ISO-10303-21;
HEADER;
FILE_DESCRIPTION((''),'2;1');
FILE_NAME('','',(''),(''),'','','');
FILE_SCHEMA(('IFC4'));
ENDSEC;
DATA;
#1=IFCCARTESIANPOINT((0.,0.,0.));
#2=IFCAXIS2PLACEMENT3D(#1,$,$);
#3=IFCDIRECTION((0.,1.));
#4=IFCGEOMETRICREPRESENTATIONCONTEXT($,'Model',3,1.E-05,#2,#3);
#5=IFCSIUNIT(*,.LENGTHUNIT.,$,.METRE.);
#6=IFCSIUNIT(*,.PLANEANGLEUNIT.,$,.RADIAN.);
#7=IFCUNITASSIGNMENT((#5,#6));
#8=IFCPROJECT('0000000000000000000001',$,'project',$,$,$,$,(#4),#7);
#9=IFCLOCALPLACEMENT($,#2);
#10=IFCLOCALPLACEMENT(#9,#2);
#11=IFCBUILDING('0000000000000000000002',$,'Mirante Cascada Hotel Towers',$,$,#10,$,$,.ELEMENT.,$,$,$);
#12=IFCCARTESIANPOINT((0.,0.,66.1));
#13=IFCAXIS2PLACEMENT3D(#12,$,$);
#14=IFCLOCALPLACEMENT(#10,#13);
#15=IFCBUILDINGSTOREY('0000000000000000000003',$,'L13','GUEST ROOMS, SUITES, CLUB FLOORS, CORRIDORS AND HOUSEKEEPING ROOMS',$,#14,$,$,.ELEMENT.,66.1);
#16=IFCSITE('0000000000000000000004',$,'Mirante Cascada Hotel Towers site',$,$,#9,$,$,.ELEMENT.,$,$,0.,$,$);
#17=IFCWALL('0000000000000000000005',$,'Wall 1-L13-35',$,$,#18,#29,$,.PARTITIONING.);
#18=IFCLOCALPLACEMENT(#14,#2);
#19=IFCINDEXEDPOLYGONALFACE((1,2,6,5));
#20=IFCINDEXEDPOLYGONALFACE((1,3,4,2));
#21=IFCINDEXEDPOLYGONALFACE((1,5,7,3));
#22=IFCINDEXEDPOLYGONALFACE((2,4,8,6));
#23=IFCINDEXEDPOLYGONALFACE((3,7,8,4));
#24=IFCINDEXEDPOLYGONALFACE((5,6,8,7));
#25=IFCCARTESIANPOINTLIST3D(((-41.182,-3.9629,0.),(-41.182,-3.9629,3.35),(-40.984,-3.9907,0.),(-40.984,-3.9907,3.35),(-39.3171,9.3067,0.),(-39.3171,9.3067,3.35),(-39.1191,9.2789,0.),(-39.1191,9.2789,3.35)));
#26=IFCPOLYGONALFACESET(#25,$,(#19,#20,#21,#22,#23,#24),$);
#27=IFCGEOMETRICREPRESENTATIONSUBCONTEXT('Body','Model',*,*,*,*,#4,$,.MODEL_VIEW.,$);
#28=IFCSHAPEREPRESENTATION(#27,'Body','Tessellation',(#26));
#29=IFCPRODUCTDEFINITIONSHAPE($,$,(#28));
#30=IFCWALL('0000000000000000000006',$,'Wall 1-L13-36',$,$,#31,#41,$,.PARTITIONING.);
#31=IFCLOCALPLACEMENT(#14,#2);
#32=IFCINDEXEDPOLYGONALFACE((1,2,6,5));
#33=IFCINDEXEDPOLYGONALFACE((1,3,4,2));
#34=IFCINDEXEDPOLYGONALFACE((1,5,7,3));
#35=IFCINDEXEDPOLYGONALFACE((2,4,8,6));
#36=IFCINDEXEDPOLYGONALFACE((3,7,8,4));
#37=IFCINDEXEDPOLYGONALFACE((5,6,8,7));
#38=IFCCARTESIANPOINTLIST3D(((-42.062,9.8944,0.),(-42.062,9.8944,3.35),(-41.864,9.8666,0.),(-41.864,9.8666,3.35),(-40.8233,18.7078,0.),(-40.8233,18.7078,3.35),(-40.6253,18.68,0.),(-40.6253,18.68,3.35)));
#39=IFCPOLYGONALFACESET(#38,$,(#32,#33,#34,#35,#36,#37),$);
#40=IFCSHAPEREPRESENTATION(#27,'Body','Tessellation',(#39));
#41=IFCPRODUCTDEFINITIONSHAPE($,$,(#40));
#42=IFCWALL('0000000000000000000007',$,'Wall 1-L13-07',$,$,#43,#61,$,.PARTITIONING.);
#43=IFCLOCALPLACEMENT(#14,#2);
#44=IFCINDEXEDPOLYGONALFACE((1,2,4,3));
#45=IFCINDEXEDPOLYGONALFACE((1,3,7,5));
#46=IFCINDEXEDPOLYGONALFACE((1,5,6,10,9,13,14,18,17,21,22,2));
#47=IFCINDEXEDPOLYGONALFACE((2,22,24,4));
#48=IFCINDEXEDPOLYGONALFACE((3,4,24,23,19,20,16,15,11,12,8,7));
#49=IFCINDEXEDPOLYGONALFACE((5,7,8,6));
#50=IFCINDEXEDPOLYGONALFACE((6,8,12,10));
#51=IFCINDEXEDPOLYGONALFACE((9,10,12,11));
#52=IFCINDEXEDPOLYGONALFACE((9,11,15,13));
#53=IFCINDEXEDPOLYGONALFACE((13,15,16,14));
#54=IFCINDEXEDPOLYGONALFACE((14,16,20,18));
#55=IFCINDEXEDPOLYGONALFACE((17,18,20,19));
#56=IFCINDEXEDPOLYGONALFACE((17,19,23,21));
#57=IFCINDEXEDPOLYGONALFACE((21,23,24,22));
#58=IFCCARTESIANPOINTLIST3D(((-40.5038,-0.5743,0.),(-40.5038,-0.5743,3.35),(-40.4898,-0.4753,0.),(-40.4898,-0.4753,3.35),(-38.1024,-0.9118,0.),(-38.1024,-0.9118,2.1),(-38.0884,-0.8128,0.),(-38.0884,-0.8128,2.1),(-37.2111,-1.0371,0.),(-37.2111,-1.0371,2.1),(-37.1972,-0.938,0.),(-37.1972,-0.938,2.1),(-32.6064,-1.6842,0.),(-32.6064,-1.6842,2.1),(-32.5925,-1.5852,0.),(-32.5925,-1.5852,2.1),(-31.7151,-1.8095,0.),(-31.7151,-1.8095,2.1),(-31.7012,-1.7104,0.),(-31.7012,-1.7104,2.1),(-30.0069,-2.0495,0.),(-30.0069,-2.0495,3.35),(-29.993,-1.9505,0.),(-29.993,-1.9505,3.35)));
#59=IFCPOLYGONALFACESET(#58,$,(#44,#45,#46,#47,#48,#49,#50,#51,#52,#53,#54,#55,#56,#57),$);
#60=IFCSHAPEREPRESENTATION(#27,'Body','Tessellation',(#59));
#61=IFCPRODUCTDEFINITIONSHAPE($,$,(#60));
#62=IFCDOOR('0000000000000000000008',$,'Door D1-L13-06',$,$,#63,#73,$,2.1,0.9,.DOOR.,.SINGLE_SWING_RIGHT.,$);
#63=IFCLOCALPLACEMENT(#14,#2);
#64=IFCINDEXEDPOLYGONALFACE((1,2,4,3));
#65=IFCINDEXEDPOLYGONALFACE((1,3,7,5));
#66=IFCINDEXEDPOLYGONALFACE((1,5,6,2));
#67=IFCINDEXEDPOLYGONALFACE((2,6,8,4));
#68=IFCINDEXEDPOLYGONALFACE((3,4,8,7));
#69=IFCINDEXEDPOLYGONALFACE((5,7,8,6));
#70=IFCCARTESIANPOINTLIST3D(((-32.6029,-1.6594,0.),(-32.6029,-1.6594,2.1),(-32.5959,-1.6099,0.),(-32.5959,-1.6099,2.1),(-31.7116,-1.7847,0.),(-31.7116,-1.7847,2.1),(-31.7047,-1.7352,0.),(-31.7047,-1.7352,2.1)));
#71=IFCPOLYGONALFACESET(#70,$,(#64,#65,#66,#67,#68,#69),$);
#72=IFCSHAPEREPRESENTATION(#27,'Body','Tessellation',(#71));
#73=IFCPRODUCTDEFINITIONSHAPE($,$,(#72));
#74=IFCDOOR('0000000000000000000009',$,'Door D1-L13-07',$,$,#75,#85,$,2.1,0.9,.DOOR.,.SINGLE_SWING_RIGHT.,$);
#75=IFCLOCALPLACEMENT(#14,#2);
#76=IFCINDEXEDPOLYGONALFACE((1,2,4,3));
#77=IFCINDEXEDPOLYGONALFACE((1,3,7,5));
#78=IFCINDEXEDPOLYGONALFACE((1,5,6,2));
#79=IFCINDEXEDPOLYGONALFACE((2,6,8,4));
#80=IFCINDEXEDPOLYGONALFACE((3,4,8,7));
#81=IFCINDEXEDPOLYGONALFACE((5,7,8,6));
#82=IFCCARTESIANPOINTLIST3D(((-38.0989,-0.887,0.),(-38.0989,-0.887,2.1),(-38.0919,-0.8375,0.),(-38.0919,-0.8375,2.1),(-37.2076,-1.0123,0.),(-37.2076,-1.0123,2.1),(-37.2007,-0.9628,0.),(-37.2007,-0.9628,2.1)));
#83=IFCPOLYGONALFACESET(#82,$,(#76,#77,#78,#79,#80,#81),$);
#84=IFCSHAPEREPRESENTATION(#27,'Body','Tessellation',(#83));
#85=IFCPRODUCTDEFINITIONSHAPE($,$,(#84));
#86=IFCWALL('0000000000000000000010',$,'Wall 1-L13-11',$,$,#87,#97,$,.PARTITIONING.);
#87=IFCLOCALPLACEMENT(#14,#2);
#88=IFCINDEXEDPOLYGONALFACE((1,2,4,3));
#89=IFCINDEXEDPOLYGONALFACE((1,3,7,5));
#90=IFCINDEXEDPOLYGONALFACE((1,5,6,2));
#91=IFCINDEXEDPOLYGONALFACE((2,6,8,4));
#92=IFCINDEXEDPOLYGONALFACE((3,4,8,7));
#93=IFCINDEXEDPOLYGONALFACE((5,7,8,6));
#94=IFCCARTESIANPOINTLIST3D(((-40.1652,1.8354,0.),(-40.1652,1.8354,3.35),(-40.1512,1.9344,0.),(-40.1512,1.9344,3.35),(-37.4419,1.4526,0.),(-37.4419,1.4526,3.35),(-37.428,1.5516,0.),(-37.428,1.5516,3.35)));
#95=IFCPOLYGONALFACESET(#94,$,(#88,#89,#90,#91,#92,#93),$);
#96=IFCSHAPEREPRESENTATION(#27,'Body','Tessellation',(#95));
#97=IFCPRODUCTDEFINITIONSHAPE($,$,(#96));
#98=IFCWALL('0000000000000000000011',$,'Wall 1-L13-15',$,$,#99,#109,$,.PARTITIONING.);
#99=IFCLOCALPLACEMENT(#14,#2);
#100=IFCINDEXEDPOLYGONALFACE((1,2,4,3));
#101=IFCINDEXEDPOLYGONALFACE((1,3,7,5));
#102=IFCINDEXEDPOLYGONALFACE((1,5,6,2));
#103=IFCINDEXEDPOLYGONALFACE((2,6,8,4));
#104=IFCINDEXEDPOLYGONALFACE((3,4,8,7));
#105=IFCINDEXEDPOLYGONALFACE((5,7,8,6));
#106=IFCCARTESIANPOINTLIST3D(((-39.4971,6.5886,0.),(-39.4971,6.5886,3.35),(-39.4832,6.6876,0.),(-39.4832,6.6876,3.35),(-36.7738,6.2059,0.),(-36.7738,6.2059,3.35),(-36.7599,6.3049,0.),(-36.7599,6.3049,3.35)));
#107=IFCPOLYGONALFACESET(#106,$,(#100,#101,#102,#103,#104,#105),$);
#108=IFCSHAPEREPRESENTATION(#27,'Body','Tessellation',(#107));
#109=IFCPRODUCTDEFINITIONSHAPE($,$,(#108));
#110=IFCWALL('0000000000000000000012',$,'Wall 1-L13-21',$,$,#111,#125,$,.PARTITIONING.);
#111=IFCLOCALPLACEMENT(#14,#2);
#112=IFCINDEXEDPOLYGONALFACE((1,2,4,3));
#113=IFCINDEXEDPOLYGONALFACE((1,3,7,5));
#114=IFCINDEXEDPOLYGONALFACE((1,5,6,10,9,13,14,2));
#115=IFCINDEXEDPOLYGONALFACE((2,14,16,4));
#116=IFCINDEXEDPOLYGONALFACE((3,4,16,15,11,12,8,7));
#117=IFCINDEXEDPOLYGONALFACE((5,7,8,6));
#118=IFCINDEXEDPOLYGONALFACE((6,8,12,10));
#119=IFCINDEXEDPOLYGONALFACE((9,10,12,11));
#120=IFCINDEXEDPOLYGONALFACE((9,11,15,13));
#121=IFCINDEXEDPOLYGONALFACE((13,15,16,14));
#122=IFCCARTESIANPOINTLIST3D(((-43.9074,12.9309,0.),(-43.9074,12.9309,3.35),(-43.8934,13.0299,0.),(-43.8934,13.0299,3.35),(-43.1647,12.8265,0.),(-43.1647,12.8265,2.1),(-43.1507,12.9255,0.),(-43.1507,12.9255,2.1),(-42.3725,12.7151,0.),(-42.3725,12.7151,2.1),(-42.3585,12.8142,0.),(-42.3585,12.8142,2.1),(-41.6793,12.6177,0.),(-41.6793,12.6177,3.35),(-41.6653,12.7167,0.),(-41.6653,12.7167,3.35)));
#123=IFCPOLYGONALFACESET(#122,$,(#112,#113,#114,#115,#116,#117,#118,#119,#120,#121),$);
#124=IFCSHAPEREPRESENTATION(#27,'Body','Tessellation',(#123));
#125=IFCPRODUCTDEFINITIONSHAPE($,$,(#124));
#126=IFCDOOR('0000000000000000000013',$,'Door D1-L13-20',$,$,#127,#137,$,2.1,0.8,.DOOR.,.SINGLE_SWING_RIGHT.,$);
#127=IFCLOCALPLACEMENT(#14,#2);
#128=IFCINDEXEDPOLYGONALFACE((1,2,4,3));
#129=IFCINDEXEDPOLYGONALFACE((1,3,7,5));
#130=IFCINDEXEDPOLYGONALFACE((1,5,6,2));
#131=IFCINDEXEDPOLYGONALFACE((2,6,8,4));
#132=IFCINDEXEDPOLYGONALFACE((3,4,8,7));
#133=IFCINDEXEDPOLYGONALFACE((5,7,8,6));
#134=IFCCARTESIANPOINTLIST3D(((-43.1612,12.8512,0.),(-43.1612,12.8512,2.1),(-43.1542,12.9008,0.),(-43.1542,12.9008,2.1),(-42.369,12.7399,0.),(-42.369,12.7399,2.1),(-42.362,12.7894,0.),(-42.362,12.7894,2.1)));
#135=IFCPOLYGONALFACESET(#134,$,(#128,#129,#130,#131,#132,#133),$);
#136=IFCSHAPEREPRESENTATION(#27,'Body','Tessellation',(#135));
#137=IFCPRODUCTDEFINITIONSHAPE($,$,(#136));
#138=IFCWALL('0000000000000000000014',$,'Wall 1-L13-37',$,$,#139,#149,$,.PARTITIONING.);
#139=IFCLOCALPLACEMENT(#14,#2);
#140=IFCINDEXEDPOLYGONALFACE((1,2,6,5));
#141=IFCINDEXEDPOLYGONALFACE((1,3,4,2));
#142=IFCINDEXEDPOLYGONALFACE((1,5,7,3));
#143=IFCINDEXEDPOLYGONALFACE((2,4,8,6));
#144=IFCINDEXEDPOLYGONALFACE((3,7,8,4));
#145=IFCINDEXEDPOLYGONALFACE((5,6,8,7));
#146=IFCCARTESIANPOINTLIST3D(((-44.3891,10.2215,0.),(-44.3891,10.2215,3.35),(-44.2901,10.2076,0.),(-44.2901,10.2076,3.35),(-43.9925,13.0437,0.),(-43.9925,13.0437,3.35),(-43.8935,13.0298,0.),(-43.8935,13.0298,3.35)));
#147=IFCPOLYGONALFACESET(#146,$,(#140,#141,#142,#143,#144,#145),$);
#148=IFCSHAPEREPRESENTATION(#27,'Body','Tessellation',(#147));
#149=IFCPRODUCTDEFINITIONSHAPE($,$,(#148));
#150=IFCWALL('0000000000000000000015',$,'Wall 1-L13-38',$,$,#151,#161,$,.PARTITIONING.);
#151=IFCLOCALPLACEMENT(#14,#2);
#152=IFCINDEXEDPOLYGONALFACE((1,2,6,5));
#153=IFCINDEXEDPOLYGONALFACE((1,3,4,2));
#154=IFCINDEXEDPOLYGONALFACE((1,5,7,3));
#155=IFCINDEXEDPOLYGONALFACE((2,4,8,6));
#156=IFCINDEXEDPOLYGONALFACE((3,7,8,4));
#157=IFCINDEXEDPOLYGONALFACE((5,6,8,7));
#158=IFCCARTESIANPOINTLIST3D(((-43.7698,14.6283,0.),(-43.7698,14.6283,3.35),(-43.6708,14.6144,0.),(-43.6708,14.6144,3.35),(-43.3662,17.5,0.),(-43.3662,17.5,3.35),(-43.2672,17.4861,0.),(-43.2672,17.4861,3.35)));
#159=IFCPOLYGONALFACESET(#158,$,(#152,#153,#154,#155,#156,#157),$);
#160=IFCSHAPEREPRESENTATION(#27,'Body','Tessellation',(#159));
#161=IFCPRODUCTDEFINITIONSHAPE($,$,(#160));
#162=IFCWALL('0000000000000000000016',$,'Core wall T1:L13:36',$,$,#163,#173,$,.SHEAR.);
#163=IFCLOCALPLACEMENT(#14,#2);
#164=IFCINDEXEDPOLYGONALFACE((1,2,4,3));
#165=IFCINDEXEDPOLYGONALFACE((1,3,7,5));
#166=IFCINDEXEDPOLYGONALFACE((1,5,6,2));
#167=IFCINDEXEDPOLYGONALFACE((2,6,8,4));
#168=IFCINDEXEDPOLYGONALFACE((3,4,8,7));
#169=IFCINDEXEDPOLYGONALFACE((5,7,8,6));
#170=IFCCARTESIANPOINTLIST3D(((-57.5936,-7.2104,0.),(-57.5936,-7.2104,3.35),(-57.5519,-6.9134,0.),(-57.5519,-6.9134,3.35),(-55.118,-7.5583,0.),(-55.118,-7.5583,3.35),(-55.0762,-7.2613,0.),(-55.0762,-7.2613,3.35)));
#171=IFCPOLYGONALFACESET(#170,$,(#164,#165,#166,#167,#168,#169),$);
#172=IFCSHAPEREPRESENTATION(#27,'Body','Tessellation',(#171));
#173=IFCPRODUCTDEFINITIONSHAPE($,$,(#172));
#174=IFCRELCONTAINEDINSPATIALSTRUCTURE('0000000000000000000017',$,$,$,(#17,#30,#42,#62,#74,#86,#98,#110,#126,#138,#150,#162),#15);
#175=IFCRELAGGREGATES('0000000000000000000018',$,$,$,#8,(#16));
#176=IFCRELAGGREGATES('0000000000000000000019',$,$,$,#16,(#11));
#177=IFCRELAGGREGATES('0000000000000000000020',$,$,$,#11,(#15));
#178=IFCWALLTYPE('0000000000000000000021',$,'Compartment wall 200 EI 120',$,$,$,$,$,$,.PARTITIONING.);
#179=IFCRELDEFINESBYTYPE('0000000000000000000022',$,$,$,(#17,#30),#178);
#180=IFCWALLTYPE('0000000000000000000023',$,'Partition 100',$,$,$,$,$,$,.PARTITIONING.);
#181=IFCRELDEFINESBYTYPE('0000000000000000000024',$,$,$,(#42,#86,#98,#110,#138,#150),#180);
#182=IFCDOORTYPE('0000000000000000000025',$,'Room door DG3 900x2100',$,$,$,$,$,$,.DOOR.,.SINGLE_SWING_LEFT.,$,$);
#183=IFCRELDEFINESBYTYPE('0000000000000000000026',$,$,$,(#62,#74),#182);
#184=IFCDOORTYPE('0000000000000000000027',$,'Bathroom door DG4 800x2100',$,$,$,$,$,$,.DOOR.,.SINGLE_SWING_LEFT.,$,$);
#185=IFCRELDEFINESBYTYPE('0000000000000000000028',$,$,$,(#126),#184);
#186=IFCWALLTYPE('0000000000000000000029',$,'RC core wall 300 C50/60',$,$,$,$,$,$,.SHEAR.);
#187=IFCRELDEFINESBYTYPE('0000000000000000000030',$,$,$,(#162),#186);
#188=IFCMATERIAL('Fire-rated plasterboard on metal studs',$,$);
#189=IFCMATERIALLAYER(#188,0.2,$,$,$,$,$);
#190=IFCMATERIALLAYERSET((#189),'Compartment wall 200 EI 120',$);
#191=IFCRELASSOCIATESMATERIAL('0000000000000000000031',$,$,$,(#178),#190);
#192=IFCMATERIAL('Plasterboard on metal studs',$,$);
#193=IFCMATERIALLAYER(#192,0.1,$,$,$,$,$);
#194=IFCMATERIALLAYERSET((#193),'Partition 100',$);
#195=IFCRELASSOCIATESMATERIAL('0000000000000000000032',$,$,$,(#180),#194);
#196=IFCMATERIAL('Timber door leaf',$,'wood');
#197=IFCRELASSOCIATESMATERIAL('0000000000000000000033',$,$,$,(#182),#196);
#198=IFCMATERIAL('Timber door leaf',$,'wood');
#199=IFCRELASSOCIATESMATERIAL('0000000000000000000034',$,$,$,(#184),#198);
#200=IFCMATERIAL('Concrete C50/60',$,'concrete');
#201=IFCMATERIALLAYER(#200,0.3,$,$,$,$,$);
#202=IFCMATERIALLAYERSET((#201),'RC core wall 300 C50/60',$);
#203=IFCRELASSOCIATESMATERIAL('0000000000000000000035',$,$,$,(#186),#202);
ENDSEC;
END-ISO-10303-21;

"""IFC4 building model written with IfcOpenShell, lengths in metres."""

from ifc_helpers import new_model, si_unit, direction, frame, frame_2d, origin, place, context, subcontext, project, spatial, rectangle, extrude, material, layer, layer_set, type_object, element, fill, save


model = new_model("IFC4")

# Units and contexts
model_context = context("Model", 3, precision=1e-05, world=origin(), true_north=direction((0.0, 1.0)))
body_context = subcontext(model_context, "Body", "Model", "MODEL_VIEW")
ifc_project = project(units=[si_unit("LENGTHUNIT", "METRE"), si_unit("PLANEANGLEUNIT", "RADIAN")], contexts=[model_context])

# Site, building, storey
site_placement = place(None, origin())
site = spatial("IfcSite", under=ifc_project, at=site_placement, Name="Mirante Cascada Hotel Towers site", CompositionType="ELEMENT", RefElevation=0.0)
building_placement = place(site_placement, origin())
building = spatial("IfcBuilding", under=site, at=building_placement, Name="Mirante Cascada Hotel Towers", CompositionType="ELEMENT")
storey_placement = place(building_placement, frame((0.0, 0.0, 66.1)))
storey = spatial("IfcBuildingStorey", under=building, at=storey_placement, Name="L13", Description="GUEST ROOMS, SUITES, CLUB FLOORS, CORRIDORS AND HOUSEKEEPING ROOMS", CompositionType="ELEMENT", Elevation=66.1)

# Shared definitions
ifc_material_1 = material(Name="Fire-rated plasterboard on metal studs")
ifc_layer_1 = layer(ifc_material_1, 0.2)
ifc_layer_set_1 = layer_set([ifc_layer_1], Name="Compartment wall 200 EI 120")
wall_type_1 = type_object("IfcWallType", Name="Compartment wall 200 EI 120", PredefinedType="PARTITIONING", material=ifc_layer_set_1)

# Walls
wall_1_placement = place(storey_placement, frame((-39.2181, 9.2928, 0.0), z_axis=(0.0, 0.0, 1.0), x_axis=(-0.139172, -0.990268, 0.0)))
element("IfcWall", 1, at=wall_1_placement, inside=storey, type_object=wall_type_1, Name="Wall 1-L13-35", PredefinedType="PARTITIONING", context=body_context, shape_type="SweptSolid", body=[
    extrude(rectangle(XDim=13.4, YDim=0.2, at=frame_2d((6.7, 0.0))), origin(), (0.0, 0.0, 1.0), 3.35),
])
wall_2_placement = place(storey_placement, frame((-41.963, 9.8805, 0.0), z_axis=(0.0, 0.0, 1.0), x_axis=(0.139179, 0.990267, 0.0)))
element("IfcWall", 2, at=wall_2_placement, inside=storey, type_object=wall_type_1, Name="Wall 1-L13-36", PredefinedType="PARTITIONING", context=body_context, shape_type="SweptSolid", body=[
    extrude(rectangle(XDim=8.9, YDim=0.2, at=frame_2d((4.45, 0.0))), origin(), (0.0, 0.0, 1.0), 3.35),
])

# Wall, openings, doors
ifc_material_2 = material(Name="Plasterboard on metal studs")
ifc_layer_2 = layer(ifc_material_2, 0.1)
ifc_layer_set_2 = layer_set([ifc_layer_2], Name="Partition 100")
wall_type_2 = type_object("IfcWallType", Name="Partition 100", PredefinedType="PARTITIONING", material=ifc_layer_set_2)
wall_3_placement = place(storey_placement, frame((-40.4968, -0.5248, 0.0), z_axis=(0.0, 0.0, 1.0), x_axis=(0.990268, -0.13917, 0.0)))
wall_3 = element("IfcWall", 3, at=wall_3_placement, inside=storey, type_object=wall_type_2, Name="Wall 1-L13-07", PredefinedType="PARTITIONING", context=body_context, shape_type="SweptSolid", body=[
    extrude(rectangle(XDim=10.6, YDim=0.1, at=frame_2d((5.3, 0.0))), origin(), (0.0, 0.0, 1.0), 3.35),
])
opening_1_placement = place(wall_3_placement, frame((7.975, 0.0, 0.0)))
opening_1 = element("IfcOpeningElement", 4, at=opening_1_placement, cuts=wall_3, PredefinedType="OPENING", context=body_context, shape_type="SweptSolid", body=[
    extrude(rectangle(XDim=0.9, YDim=2.1, at=frame_2d((0.45, 1.05))), frame((0.0, 0.05, 0.0), z_axis=(0.0, -1.0, 0.0), x_axis=(1.0, 0.0, 0.0)), (0.0, 0.0, 1.0), 0.1),
])
opening_2_placement = place(wall_3_placement, frame((2.425, 0.0, 0.0)))
opening_2 = element("IfcOpeningElement", 5, at=opening_2_placement, cuts=wall_3, PredefinedType="OPENING", context=body_context, shape_type="SweptSolid", body=[
    extrude(rectangle(XDim=0.9, YDim=2.1, at=frame_2d((0.45, 1.05))), frame((0.0, 0.05, 0.0), z_axis=(0.0, -1.0, 0.0), x_axis=(1.0, 0.0, 0.0)), (0.0, 0.0, 1.0), 0.1),
])
ifc_material_3 = material(Name="Timber door leaf", Category="wood")
door_type_1 = type_object("IfcDoorType", Name="Room door DG3 900x2100", OperationType="SINGLE_SWING_LEFT", PredefinedType="DOOR", material=ifc_material_3)
door_1_placement = place(opening_1_placement, frame((0.9, 0.0, 0.0), z_axis=(0.0, 0.0, 1.0), x_axis=(-1.0, 0.0, 0.0)))
door_1 = element("IfcDoor", 6, at=door_1_placement, inside=storey, type_object=door_type_1, Name="Door D1-L13-06", OperationType="SINGLE_SWING_RIGHT", OverallHeight=2.1, OverallWidth=0.9, PredefinedType="DOOR", context=body_context, shape_type="SweptSolid", body=[
    extrude(rectangle(XDim=0.9, YDim=2.1, at=frame_2d((0.45, 1.05))), frame((0.0, 0.025, 0.0), z_axis=(0.0, -1.0, 0.0), x_axis=(1.0, 0.0, 0.0)), (0.0, 0.0, 1.0), 0.05),
])
fill(opening_1, door_1)
door_2_placement = place(opening_2_placement, frame((0.9, 0.0, 0.0), z_axis=(0.0, 0.0, 1.0), x_axis=(-1.0, 0.0, 0.0)))
door_2 = element("IfcDoor", 7, at=door_2_placement, inside=storey, type_object=door_type_1, Name="Door D1-L13-07", OperationType="SINGLE_SWING_RIGHT", OverallHeight=2.1, OverallWidth=0.9, PredefinedType="DOOR", context=body_context, shape_type="SweptSolid", body=[
    extrude(rectangle(XDim=0.9, YDim=2.1, at=frame_2d((0.45, 1.05))), frame((0.0, 0.025, 0.0), z_axis=(0.0, -1.0, 0.0), x_axis=(1.0, 0.0, 0.0)), (0.0, 0.0, 1.0), 0.05),
])
fill(opening_2, door_2)

# Walls
wall_4_placement = place(storey_placement, frame((-40.1582, 1.8849, 0.0), z_axis=(0.0, 0.0, 1.0), x_axis=(0.990264, -0.139201, 0.0)))
element("IfcWall", 8, at=wall_4_placement, inside=storey, type_object=wall_type_2, Name="Wall 1-L13-11", PredefinedType="PARTITIONING", context=body_context, shape_type="SweptSolid", body=[
    extrude(rectangle(XDim=2.75, YDim=0.1, at=frame_2d((1.375, 0.0))), origin(), (0.0, 0.0, 1.0), 3.35),
])
wall_5_placement = place(storey_placement, frame((-39.4902, 6.6381, 0.0), z_axis=(0.0, 0.0, 1.0), x_axis=(0.99027, -0.139161, 0.0)))
element("IfcWall", 9, at=wall_5_placement, inside=storey, type_object=wall_type_2, Name="Wall 1-L13-15", PredefinedType="PARTITIONING", context=body_context, shape_type="SweptSolid", body=[
    extrude(rectangle(XDim=2.7501, YDim=0.1, at=frame_2d((1.3751, 0.0))), origin(), (0.0, 0.0, 1.0), 3.35),
])

# Wall, opening, door
wall_6_placement = place(storey_placement, frame((-43.9004, 12.9804, 0.0), z_axis=(0.0, 0.0, 1.0), x_axis=(0.990264, -0.1392, 0.0)))
wall_6 = element("IfcWall", 10, at=wall_6_placement, inside=storey, type_object=wall_type_2, Name="Wall 1-L13-21", PredefinedType="PARTITIONING", context=body_context, shape_type="SweptSolid", body=[
    extrude(rectangle(XDim=2.25, YDim=0.1, at=frame_2d((1.125, 0.0))), origin(), (0.0, 0.0, 1.0), 3.35),
])
opening_3_placement = place(wall_6_placement, frame((0.75, 0.0, 0.0)))
opening_3 = element("IfcOpeningElement", 11, at=opening_3_placement, cuts=wall_6, PredefinedType="OPENING", context=body_context, shape_type="SweptSolid", body=[
    extrude(rectangle(XDim=0.8, YDim=2.1, at=frame_2d((0.4, 1.05))), frame((0.0, 0.05, 0.0), z_axis=(0.0, -1.0, 0.0), x_axis=(1.0, 0.0, 0.0)), (0.0, 0.0, 1.0), 0.1),
])
ifc_material_4 = material(Name="Timber door leaf", Category="wood")
door_type_2 = type_object("IfcDoorType", Name="Bathroom door DG4 800x2100", OperationType="SINGLE_SWING_LEFT", PredefinedType="DOOR", material=ifc_material_4)
door_3_placement = place(opening_3_placement, frame((0.8, 0.0, 0.0), z_axis=(0.0, 0.0, 1.0), x_axis=(-1.0, 0.0, 0.0)))
door_3 = element("IfcDoor", 12, at=door_3_placement, inside=storey, type_object=door_type_2, Name="Door D1-L13-20", OperationType="SINGLE_SWING_RIGHT", OverallHeight=2.1, OverallWidth=0.8, PredefinedType="DOOR", context=body_context, shape_type="SweptSolid", body=[
    extrude(rectangle(XDim=0.8, YDim=2.1, at=frame_2d((0.4, 1.05))), frame((0.0, 0.025, 0.0), z_axis=(0.0, -1.0, 0.0), x_axis=(1.0, 0.0, 0.0)), (0.0, 0.0, 1.0), 0.05),
])
fill(opening_3, door_3)

# Walls
wall_7_placement = place(storey_placement, frame((-43.943, 13.0368, 0.0), z_axis=(0.0, 0.0, 1.0), x_axis=(-0.139161, -0.99027, 0.0)))
element("IfcWall", 13, at=wall_7_placement, inside=storey, type_object=wall_type_2, Name="Wall 1-L13-37", PredefinedType="PARTITIONING", context=body_context, shape_type="SweptSolid", body=[
    extrude(rectangle(XDim=2.8499, YDim=0.1, at=frame_2d((1.425, 0.0))), origin(), (0.0, 0.0, 1.0), 3.35),
])
wall_8_placement = place(storey_placement, frame((-43.7203, 14.6213, 0.0), z_axis=(0.0, 0.0, 1.0), x_axis=(0.139176, 0.990268, 0.0)))
element("IfcWall", 14, at=wall_8_placement, inside=storey, type_object=wall_type_2, Name="Wall 1-L13-38", PredefinedType="PARTITIONING", context=body_context, shape_type="SweptSolid", body=[
    extrude(rectangle(XDim=2.8999, YDim=0.1, at=frame_2d((1.45, 0.0))), origin(), (0.0, 0.0, 1.0), 3.35),
])
ifc_material_5 = material(Name="Concrete C50/60", Category="concrete")
ifc_layer_3 = layer(ifc_material_5, 0.3)
ifc_layer_set_3 = layer_set([ifc_layer_3], Name="RC core wall 300 C50/60")
wall_type_3 = type_object("IfcWallType", Name="RC core wall 300 C50/60", PredefinedType="SHEAR", material=ifc_layer_set_3)
wall_9_placement = place(storey_placement, frame((-55.0971, -7.4098, 0.0), z_axis=(0.0, 0.0, 1.0), x_axis=(-0.99027, 0.139159, 0.0)))
element("IfcWall", 15, at=wall_9_placement, inside=storey, type_object=wall_type_3, Name="Core wall T1:L13:36", PredefinedType="SHEAR", context=body_context, shape_type="SweptSolid", body=[
    extrude(rectangle(XDim=2.5, YDim=0.3, at=frame_2d((1.25, 0.0))), origin(), (0.0, 0.0, 1.0), 3.35),
])

save(model, "model.ifc")
